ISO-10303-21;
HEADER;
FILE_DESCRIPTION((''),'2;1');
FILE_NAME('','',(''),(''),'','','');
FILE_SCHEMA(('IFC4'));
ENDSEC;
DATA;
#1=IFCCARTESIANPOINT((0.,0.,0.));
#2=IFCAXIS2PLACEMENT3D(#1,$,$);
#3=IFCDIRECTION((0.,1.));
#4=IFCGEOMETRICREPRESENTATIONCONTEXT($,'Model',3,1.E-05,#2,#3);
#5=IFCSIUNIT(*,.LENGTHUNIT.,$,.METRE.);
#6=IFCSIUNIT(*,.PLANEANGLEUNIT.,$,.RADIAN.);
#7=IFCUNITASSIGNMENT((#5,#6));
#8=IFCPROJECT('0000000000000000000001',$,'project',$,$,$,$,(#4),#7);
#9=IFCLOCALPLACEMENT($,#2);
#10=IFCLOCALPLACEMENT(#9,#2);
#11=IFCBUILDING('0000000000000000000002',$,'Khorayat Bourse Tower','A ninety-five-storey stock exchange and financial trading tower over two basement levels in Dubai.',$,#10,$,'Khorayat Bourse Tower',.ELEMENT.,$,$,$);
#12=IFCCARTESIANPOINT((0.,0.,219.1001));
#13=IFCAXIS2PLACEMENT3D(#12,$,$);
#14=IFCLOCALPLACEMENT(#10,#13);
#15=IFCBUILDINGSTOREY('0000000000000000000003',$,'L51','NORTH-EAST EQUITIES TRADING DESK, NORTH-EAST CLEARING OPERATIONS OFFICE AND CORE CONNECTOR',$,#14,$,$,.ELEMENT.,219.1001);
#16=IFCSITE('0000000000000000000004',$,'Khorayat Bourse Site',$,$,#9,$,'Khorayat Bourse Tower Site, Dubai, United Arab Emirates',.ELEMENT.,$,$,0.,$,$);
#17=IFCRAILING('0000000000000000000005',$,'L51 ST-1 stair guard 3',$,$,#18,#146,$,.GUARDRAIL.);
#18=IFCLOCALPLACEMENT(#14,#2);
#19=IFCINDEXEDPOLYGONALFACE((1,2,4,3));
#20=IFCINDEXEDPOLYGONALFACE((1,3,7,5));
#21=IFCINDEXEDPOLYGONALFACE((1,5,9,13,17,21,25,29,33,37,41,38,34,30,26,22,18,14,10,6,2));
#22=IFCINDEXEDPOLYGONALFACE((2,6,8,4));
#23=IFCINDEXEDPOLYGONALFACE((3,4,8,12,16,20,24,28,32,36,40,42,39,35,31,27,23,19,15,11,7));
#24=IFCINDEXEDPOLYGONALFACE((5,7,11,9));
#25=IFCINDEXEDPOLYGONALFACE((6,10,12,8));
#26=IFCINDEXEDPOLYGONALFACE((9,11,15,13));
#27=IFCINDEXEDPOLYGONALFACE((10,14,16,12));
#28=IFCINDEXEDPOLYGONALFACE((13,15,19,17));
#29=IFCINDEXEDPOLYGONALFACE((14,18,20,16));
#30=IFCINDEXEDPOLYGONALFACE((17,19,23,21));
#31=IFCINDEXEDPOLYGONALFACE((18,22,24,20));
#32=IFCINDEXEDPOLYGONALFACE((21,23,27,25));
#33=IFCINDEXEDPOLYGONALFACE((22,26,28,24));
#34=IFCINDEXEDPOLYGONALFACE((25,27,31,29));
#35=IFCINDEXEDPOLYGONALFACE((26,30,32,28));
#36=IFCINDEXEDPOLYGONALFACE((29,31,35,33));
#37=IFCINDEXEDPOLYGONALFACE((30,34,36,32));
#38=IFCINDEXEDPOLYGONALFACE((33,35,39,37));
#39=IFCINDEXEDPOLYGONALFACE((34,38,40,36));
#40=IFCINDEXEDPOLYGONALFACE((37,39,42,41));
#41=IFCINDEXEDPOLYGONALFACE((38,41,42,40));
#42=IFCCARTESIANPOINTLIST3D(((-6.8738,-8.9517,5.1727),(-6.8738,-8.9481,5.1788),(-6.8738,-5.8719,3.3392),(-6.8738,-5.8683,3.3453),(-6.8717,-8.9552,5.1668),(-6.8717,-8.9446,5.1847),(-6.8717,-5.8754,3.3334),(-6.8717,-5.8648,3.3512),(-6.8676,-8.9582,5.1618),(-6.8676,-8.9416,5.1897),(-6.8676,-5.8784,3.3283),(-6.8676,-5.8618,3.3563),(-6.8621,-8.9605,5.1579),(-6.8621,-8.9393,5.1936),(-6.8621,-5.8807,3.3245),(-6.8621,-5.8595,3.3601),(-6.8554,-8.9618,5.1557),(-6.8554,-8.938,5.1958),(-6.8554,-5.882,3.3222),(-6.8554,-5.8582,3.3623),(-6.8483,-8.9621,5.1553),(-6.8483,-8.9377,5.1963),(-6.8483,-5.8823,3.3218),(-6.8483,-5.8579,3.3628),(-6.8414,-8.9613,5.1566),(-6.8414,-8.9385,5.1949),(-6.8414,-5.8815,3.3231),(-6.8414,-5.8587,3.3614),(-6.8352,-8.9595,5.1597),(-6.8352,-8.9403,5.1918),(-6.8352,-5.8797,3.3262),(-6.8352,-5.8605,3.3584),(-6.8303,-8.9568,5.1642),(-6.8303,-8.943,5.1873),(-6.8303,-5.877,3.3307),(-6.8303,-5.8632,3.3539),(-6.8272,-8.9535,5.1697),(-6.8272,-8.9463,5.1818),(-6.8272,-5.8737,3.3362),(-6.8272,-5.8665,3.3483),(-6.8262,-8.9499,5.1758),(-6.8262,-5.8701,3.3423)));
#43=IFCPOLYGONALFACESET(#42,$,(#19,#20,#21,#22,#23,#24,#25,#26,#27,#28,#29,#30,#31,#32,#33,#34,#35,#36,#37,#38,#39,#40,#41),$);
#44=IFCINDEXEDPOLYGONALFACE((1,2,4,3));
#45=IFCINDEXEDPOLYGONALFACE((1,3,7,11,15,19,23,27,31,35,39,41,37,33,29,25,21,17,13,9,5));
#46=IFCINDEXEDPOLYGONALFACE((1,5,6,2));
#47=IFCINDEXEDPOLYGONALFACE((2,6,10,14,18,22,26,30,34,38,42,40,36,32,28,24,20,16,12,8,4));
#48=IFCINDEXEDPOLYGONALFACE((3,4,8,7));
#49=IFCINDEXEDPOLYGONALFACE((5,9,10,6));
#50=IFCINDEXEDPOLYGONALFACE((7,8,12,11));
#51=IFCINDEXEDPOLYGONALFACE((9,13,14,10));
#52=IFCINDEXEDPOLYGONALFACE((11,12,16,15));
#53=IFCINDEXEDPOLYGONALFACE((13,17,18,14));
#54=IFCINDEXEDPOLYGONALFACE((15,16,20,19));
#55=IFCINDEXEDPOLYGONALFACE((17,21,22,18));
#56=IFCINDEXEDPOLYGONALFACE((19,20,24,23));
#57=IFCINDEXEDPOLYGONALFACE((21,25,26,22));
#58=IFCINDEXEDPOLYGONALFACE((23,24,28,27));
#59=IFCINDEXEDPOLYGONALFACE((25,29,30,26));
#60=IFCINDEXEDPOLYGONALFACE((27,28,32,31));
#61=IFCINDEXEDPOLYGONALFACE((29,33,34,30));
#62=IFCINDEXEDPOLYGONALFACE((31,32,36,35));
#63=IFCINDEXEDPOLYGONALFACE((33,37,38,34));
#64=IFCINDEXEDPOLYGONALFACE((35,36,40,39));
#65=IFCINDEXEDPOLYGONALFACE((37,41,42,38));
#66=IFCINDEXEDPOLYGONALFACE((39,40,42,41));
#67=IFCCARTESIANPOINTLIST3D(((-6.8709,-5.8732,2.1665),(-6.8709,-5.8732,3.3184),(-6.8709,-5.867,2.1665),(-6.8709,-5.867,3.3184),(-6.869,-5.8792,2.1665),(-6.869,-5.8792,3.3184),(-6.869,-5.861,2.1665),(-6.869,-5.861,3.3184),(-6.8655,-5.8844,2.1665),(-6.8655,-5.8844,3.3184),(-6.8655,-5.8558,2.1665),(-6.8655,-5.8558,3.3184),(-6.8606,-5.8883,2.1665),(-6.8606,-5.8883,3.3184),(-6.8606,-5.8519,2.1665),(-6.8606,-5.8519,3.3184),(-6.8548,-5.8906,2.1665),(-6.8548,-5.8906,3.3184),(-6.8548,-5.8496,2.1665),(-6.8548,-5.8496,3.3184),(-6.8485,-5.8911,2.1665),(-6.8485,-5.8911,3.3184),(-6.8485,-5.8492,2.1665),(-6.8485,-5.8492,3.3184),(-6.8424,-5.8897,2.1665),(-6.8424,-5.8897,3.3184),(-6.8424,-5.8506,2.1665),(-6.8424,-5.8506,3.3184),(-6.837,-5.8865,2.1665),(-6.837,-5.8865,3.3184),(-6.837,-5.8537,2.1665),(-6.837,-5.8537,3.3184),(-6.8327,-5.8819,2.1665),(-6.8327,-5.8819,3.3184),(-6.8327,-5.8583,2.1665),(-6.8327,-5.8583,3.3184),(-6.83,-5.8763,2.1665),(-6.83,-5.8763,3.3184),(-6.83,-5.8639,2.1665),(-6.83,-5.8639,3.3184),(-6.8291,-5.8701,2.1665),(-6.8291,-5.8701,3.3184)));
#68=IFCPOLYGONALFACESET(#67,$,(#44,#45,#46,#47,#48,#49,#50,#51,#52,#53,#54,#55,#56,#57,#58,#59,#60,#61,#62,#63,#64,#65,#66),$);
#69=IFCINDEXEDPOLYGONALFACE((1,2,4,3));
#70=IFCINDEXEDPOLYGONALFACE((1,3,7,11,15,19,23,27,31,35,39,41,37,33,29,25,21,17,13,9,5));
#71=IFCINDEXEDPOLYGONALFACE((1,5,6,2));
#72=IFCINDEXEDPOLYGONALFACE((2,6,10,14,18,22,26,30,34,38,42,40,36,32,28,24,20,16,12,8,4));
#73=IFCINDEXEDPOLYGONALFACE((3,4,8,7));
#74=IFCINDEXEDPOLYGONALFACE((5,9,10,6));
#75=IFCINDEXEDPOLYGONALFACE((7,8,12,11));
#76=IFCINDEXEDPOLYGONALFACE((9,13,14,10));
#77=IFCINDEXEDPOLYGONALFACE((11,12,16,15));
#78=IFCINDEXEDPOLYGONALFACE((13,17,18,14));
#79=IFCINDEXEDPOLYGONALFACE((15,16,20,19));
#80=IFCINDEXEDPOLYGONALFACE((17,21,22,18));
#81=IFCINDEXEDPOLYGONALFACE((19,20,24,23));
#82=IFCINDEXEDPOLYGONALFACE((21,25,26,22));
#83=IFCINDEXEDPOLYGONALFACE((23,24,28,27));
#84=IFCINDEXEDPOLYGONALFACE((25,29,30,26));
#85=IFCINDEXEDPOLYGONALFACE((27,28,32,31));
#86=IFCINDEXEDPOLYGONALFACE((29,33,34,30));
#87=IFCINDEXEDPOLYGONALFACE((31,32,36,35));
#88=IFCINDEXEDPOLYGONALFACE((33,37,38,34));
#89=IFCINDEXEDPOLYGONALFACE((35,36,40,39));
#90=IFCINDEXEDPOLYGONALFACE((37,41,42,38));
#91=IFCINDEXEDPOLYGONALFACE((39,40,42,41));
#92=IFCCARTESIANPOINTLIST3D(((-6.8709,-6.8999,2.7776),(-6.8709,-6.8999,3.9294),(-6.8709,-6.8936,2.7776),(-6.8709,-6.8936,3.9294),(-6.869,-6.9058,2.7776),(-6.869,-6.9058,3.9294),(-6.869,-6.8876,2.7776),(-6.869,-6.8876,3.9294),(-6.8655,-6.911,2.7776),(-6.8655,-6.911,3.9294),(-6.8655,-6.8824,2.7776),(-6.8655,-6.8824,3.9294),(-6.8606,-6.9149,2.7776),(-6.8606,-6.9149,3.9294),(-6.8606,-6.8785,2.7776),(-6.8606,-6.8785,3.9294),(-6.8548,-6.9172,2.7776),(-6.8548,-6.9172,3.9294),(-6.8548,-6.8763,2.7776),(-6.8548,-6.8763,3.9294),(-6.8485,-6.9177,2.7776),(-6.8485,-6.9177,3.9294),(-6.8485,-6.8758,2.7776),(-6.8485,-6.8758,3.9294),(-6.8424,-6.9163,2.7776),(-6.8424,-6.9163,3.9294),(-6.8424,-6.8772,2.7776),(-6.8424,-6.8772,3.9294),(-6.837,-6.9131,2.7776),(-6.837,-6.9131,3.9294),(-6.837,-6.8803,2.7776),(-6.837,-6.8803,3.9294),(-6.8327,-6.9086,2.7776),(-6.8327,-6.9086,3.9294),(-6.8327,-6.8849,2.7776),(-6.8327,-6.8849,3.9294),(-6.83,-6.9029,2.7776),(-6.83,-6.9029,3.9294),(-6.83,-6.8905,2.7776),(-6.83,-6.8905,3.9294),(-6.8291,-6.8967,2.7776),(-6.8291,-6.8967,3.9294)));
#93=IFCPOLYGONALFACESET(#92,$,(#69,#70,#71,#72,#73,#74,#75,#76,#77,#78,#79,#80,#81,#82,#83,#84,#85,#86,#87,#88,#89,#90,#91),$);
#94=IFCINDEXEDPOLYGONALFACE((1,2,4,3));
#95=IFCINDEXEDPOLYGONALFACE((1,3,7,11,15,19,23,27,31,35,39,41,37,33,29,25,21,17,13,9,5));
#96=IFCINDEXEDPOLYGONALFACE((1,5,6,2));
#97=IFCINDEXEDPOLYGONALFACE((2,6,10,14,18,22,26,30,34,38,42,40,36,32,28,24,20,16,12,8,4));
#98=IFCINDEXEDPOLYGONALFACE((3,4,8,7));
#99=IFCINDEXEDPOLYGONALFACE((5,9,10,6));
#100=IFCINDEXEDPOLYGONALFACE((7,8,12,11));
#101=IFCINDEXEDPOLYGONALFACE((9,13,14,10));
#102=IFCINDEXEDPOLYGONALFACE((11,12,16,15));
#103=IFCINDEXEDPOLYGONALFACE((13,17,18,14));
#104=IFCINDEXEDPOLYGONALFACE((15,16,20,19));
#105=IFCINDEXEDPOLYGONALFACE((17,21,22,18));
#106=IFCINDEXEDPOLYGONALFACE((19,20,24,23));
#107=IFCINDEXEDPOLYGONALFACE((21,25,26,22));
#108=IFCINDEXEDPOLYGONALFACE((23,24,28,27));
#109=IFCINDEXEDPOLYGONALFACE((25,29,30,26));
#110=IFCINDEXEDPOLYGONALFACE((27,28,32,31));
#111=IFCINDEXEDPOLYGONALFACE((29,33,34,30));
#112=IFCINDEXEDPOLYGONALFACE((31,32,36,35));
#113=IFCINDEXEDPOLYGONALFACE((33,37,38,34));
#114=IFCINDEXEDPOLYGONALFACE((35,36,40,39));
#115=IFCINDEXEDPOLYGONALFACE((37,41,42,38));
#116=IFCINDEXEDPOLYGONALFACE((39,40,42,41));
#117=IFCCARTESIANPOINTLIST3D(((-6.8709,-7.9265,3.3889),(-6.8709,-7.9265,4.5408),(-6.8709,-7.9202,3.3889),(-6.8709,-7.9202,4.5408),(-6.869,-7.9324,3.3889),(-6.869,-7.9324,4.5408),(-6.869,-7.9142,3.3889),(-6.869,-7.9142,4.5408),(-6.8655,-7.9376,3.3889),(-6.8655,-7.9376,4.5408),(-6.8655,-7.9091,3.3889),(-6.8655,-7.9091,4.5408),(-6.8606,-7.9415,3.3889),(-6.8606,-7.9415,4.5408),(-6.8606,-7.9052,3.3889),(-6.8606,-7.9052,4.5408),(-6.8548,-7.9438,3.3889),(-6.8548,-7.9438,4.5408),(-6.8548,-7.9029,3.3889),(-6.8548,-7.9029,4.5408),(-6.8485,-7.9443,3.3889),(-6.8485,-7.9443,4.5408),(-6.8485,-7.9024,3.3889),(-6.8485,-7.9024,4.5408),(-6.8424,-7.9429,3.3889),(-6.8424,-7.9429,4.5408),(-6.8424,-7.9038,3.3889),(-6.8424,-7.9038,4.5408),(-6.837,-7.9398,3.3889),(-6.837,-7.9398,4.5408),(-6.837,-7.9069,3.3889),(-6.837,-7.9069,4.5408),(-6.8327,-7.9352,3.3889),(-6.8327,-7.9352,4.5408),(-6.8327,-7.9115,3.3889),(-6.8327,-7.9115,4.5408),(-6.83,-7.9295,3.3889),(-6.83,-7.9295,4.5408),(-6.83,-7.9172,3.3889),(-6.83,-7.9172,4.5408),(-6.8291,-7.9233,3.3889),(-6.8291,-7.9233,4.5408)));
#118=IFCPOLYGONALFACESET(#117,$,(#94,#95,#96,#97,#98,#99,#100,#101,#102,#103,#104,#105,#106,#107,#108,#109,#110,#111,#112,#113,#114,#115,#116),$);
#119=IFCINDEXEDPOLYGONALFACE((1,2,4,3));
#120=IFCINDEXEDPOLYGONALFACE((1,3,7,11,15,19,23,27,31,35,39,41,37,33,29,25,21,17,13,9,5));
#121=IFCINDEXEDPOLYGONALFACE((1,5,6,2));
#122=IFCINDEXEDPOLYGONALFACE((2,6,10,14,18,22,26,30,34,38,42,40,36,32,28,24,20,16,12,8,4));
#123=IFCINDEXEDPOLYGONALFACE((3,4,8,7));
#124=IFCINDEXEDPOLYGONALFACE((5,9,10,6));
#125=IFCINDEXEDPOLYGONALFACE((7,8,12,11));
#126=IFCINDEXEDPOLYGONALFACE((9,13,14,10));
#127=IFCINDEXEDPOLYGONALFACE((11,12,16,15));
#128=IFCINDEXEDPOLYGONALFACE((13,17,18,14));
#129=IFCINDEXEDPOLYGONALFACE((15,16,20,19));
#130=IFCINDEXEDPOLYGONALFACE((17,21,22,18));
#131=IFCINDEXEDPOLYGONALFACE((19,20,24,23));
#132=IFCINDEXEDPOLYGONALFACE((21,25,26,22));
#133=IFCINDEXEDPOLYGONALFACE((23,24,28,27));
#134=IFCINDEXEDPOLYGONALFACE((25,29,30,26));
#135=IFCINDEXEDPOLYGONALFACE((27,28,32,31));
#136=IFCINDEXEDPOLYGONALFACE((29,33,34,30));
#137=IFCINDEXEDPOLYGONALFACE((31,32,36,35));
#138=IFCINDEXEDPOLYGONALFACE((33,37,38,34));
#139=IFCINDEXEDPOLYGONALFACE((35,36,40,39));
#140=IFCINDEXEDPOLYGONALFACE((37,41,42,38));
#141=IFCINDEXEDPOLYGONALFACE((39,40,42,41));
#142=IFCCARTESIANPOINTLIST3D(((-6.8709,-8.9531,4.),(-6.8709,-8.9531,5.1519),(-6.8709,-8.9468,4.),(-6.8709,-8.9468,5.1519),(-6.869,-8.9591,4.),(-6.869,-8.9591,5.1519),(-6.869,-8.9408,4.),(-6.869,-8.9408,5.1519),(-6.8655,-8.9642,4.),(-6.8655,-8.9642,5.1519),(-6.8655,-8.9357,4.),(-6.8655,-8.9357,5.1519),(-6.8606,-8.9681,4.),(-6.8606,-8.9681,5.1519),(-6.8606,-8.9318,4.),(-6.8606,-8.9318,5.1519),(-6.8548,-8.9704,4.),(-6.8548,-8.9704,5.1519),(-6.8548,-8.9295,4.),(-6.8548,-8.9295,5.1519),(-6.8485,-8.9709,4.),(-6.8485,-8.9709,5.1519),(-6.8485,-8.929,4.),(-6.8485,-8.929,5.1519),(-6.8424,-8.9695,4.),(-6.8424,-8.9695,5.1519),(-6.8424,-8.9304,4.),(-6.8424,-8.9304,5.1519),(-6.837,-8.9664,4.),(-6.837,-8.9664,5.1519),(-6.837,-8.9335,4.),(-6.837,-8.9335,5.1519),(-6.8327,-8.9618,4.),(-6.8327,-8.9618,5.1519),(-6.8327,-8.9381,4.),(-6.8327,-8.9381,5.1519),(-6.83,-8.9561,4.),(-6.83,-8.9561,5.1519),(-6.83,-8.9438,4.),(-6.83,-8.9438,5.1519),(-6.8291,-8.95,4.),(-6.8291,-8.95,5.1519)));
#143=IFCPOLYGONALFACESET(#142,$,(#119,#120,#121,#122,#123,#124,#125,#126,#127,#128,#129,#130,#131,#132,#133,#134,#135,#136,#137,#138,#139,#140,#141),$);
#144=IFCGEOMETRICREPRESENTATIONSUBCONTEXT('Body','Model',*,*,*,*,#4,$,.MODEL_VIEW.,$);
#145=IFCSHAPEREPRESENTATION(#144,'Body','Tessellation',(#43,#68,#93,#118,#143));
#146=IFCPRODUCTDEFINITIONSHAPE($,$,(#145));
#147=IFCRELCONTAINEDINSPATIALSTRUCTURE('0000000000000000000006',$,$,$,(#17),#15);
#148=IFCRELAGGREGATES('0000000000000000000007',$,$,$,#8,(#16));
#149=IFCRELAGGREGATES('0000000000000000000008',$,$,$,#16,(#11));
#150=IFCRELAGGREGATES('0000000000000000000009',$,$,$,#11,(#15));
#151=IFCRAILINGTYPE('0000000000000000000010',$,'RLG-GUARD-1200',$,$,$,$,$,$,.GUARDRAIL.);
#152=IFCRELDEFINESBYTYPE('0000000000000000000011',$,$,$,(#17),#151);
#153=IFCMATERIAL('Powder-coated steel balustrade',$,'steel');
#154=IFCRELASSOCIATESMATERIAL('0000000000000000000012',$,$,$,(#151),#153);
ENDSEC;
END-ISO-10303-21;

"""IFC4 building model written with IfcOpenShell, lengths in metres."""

from ifc_helpers import new_model, si_unit, direction, frame, origin, origin_2d, place, context, subcontext, project, spatial, circle, extrude, source, transform, mapped, material, type_object, element, save


model = new_model("IFC4")

# Units and contexts
model_context = context("Model", 3, precision=1e-05, world=origin(), true_north=direction((0.0, 1.0)))
body_context = subcontext(model_context, "Body", "Model", "MODEL_VIEW")
ifc_project = project(units=[si_unit("LENGTHUNIT", "METRE"), si_unit("PLANEANGLEUNIT", "RADIAN")], contexts=[model_context])

# Site, building, storey
site_placement = place(None, origin())
site = spatial("IfcSite", under=ifc_project, at=site_placement, Name="Khorayat Bourse Site", LongName="Khorayat Bourse Tower Site, Dubai, United Arab Emirates", CompositionType="ELEMENT", RefElevation=0.0)
building_placement = place(site_placement, origin())
building = spatial("IfcBuilding", under=site, at=building_placement, Name="Khorayat Bourse Tower", Description="A ninety-five-storey stock exchange and financial trading tower over two basement levels in Dubai.", LongName="Khorayat Bourse Tower", CompositionType="ELEMENT")
storey_placement = place(building_placement, frame((0.0, 0.0, 219.1001)))
storey = spatial("IfcBuildingStorey", under=building, at=storey_placement, Name="L51", Description="NORTH-EAST EQUITIES TRADING DESK, NORTH-EAST CLEARING OPERATIONS OFFICE AND CORE CONNECTOR", CompositionType="ELEMENT", Elevation=219.1001)

# Railing
ifc_material_1 = material(Name="Powder-coated steel balustrade", Category="steel")
railing_type_1 = type_object("IfcRailingType", Name="RLG-GUARD-1200", PredefinedType="GUARDRAIL", material=ifc_material_1)
shared_shape_1 = source(origin(), body_context, "Body", "SweptSolid", [
    extrude(circle(Radius=0.0239, at=origin_2d()), frame((0.0, 0.0, 1.1758), z_axis=(0.0, -0.859261, 0.511538), x_axis=(1.0, 0.0, 0.0)), (0.0, 0.0, 1.0), 3.5842),
    extrude(circle(Radius=0.021, at=origin_2d()), origin(), (0.0, 0.0, 1.0), 1.1519),
    extrude(circle(Radius=0.021, at=origin_2d()), frame((0.0, -1.0266, 0.6111)), (0.0, 0.0, 1.0), 1.1519),
    extrude(circle(Radius=0.021, at=origin_2d()), frame((0.0, -2.0532, 1.2224)), (0.0, 0.0, 1.0), 1.1519),
    extrude(circle(Radius=0.021, at=origin_2d()), frame((0.0, -3.0798, 1.8335)), (0.0, 0.0, 1.0), 1.1519),
])
railing_1_placement = place(storey_placement, frame((-6.8501, -5.8701, 2.1665)))
element("IfcRailing", 1, at=railing_1_placement, inside=storey, type_object=railing_type_1, Name="L51 ST-1 stair guard 3", PredefinedType="GUARDRAIL", context=body_context, shape_type="MappedRepresentation", body=[
    mapped(shared_shape_1, transform((0.0, 0.0, 0.0), scale=1.0)),
])

save(model, "model.ifc")
